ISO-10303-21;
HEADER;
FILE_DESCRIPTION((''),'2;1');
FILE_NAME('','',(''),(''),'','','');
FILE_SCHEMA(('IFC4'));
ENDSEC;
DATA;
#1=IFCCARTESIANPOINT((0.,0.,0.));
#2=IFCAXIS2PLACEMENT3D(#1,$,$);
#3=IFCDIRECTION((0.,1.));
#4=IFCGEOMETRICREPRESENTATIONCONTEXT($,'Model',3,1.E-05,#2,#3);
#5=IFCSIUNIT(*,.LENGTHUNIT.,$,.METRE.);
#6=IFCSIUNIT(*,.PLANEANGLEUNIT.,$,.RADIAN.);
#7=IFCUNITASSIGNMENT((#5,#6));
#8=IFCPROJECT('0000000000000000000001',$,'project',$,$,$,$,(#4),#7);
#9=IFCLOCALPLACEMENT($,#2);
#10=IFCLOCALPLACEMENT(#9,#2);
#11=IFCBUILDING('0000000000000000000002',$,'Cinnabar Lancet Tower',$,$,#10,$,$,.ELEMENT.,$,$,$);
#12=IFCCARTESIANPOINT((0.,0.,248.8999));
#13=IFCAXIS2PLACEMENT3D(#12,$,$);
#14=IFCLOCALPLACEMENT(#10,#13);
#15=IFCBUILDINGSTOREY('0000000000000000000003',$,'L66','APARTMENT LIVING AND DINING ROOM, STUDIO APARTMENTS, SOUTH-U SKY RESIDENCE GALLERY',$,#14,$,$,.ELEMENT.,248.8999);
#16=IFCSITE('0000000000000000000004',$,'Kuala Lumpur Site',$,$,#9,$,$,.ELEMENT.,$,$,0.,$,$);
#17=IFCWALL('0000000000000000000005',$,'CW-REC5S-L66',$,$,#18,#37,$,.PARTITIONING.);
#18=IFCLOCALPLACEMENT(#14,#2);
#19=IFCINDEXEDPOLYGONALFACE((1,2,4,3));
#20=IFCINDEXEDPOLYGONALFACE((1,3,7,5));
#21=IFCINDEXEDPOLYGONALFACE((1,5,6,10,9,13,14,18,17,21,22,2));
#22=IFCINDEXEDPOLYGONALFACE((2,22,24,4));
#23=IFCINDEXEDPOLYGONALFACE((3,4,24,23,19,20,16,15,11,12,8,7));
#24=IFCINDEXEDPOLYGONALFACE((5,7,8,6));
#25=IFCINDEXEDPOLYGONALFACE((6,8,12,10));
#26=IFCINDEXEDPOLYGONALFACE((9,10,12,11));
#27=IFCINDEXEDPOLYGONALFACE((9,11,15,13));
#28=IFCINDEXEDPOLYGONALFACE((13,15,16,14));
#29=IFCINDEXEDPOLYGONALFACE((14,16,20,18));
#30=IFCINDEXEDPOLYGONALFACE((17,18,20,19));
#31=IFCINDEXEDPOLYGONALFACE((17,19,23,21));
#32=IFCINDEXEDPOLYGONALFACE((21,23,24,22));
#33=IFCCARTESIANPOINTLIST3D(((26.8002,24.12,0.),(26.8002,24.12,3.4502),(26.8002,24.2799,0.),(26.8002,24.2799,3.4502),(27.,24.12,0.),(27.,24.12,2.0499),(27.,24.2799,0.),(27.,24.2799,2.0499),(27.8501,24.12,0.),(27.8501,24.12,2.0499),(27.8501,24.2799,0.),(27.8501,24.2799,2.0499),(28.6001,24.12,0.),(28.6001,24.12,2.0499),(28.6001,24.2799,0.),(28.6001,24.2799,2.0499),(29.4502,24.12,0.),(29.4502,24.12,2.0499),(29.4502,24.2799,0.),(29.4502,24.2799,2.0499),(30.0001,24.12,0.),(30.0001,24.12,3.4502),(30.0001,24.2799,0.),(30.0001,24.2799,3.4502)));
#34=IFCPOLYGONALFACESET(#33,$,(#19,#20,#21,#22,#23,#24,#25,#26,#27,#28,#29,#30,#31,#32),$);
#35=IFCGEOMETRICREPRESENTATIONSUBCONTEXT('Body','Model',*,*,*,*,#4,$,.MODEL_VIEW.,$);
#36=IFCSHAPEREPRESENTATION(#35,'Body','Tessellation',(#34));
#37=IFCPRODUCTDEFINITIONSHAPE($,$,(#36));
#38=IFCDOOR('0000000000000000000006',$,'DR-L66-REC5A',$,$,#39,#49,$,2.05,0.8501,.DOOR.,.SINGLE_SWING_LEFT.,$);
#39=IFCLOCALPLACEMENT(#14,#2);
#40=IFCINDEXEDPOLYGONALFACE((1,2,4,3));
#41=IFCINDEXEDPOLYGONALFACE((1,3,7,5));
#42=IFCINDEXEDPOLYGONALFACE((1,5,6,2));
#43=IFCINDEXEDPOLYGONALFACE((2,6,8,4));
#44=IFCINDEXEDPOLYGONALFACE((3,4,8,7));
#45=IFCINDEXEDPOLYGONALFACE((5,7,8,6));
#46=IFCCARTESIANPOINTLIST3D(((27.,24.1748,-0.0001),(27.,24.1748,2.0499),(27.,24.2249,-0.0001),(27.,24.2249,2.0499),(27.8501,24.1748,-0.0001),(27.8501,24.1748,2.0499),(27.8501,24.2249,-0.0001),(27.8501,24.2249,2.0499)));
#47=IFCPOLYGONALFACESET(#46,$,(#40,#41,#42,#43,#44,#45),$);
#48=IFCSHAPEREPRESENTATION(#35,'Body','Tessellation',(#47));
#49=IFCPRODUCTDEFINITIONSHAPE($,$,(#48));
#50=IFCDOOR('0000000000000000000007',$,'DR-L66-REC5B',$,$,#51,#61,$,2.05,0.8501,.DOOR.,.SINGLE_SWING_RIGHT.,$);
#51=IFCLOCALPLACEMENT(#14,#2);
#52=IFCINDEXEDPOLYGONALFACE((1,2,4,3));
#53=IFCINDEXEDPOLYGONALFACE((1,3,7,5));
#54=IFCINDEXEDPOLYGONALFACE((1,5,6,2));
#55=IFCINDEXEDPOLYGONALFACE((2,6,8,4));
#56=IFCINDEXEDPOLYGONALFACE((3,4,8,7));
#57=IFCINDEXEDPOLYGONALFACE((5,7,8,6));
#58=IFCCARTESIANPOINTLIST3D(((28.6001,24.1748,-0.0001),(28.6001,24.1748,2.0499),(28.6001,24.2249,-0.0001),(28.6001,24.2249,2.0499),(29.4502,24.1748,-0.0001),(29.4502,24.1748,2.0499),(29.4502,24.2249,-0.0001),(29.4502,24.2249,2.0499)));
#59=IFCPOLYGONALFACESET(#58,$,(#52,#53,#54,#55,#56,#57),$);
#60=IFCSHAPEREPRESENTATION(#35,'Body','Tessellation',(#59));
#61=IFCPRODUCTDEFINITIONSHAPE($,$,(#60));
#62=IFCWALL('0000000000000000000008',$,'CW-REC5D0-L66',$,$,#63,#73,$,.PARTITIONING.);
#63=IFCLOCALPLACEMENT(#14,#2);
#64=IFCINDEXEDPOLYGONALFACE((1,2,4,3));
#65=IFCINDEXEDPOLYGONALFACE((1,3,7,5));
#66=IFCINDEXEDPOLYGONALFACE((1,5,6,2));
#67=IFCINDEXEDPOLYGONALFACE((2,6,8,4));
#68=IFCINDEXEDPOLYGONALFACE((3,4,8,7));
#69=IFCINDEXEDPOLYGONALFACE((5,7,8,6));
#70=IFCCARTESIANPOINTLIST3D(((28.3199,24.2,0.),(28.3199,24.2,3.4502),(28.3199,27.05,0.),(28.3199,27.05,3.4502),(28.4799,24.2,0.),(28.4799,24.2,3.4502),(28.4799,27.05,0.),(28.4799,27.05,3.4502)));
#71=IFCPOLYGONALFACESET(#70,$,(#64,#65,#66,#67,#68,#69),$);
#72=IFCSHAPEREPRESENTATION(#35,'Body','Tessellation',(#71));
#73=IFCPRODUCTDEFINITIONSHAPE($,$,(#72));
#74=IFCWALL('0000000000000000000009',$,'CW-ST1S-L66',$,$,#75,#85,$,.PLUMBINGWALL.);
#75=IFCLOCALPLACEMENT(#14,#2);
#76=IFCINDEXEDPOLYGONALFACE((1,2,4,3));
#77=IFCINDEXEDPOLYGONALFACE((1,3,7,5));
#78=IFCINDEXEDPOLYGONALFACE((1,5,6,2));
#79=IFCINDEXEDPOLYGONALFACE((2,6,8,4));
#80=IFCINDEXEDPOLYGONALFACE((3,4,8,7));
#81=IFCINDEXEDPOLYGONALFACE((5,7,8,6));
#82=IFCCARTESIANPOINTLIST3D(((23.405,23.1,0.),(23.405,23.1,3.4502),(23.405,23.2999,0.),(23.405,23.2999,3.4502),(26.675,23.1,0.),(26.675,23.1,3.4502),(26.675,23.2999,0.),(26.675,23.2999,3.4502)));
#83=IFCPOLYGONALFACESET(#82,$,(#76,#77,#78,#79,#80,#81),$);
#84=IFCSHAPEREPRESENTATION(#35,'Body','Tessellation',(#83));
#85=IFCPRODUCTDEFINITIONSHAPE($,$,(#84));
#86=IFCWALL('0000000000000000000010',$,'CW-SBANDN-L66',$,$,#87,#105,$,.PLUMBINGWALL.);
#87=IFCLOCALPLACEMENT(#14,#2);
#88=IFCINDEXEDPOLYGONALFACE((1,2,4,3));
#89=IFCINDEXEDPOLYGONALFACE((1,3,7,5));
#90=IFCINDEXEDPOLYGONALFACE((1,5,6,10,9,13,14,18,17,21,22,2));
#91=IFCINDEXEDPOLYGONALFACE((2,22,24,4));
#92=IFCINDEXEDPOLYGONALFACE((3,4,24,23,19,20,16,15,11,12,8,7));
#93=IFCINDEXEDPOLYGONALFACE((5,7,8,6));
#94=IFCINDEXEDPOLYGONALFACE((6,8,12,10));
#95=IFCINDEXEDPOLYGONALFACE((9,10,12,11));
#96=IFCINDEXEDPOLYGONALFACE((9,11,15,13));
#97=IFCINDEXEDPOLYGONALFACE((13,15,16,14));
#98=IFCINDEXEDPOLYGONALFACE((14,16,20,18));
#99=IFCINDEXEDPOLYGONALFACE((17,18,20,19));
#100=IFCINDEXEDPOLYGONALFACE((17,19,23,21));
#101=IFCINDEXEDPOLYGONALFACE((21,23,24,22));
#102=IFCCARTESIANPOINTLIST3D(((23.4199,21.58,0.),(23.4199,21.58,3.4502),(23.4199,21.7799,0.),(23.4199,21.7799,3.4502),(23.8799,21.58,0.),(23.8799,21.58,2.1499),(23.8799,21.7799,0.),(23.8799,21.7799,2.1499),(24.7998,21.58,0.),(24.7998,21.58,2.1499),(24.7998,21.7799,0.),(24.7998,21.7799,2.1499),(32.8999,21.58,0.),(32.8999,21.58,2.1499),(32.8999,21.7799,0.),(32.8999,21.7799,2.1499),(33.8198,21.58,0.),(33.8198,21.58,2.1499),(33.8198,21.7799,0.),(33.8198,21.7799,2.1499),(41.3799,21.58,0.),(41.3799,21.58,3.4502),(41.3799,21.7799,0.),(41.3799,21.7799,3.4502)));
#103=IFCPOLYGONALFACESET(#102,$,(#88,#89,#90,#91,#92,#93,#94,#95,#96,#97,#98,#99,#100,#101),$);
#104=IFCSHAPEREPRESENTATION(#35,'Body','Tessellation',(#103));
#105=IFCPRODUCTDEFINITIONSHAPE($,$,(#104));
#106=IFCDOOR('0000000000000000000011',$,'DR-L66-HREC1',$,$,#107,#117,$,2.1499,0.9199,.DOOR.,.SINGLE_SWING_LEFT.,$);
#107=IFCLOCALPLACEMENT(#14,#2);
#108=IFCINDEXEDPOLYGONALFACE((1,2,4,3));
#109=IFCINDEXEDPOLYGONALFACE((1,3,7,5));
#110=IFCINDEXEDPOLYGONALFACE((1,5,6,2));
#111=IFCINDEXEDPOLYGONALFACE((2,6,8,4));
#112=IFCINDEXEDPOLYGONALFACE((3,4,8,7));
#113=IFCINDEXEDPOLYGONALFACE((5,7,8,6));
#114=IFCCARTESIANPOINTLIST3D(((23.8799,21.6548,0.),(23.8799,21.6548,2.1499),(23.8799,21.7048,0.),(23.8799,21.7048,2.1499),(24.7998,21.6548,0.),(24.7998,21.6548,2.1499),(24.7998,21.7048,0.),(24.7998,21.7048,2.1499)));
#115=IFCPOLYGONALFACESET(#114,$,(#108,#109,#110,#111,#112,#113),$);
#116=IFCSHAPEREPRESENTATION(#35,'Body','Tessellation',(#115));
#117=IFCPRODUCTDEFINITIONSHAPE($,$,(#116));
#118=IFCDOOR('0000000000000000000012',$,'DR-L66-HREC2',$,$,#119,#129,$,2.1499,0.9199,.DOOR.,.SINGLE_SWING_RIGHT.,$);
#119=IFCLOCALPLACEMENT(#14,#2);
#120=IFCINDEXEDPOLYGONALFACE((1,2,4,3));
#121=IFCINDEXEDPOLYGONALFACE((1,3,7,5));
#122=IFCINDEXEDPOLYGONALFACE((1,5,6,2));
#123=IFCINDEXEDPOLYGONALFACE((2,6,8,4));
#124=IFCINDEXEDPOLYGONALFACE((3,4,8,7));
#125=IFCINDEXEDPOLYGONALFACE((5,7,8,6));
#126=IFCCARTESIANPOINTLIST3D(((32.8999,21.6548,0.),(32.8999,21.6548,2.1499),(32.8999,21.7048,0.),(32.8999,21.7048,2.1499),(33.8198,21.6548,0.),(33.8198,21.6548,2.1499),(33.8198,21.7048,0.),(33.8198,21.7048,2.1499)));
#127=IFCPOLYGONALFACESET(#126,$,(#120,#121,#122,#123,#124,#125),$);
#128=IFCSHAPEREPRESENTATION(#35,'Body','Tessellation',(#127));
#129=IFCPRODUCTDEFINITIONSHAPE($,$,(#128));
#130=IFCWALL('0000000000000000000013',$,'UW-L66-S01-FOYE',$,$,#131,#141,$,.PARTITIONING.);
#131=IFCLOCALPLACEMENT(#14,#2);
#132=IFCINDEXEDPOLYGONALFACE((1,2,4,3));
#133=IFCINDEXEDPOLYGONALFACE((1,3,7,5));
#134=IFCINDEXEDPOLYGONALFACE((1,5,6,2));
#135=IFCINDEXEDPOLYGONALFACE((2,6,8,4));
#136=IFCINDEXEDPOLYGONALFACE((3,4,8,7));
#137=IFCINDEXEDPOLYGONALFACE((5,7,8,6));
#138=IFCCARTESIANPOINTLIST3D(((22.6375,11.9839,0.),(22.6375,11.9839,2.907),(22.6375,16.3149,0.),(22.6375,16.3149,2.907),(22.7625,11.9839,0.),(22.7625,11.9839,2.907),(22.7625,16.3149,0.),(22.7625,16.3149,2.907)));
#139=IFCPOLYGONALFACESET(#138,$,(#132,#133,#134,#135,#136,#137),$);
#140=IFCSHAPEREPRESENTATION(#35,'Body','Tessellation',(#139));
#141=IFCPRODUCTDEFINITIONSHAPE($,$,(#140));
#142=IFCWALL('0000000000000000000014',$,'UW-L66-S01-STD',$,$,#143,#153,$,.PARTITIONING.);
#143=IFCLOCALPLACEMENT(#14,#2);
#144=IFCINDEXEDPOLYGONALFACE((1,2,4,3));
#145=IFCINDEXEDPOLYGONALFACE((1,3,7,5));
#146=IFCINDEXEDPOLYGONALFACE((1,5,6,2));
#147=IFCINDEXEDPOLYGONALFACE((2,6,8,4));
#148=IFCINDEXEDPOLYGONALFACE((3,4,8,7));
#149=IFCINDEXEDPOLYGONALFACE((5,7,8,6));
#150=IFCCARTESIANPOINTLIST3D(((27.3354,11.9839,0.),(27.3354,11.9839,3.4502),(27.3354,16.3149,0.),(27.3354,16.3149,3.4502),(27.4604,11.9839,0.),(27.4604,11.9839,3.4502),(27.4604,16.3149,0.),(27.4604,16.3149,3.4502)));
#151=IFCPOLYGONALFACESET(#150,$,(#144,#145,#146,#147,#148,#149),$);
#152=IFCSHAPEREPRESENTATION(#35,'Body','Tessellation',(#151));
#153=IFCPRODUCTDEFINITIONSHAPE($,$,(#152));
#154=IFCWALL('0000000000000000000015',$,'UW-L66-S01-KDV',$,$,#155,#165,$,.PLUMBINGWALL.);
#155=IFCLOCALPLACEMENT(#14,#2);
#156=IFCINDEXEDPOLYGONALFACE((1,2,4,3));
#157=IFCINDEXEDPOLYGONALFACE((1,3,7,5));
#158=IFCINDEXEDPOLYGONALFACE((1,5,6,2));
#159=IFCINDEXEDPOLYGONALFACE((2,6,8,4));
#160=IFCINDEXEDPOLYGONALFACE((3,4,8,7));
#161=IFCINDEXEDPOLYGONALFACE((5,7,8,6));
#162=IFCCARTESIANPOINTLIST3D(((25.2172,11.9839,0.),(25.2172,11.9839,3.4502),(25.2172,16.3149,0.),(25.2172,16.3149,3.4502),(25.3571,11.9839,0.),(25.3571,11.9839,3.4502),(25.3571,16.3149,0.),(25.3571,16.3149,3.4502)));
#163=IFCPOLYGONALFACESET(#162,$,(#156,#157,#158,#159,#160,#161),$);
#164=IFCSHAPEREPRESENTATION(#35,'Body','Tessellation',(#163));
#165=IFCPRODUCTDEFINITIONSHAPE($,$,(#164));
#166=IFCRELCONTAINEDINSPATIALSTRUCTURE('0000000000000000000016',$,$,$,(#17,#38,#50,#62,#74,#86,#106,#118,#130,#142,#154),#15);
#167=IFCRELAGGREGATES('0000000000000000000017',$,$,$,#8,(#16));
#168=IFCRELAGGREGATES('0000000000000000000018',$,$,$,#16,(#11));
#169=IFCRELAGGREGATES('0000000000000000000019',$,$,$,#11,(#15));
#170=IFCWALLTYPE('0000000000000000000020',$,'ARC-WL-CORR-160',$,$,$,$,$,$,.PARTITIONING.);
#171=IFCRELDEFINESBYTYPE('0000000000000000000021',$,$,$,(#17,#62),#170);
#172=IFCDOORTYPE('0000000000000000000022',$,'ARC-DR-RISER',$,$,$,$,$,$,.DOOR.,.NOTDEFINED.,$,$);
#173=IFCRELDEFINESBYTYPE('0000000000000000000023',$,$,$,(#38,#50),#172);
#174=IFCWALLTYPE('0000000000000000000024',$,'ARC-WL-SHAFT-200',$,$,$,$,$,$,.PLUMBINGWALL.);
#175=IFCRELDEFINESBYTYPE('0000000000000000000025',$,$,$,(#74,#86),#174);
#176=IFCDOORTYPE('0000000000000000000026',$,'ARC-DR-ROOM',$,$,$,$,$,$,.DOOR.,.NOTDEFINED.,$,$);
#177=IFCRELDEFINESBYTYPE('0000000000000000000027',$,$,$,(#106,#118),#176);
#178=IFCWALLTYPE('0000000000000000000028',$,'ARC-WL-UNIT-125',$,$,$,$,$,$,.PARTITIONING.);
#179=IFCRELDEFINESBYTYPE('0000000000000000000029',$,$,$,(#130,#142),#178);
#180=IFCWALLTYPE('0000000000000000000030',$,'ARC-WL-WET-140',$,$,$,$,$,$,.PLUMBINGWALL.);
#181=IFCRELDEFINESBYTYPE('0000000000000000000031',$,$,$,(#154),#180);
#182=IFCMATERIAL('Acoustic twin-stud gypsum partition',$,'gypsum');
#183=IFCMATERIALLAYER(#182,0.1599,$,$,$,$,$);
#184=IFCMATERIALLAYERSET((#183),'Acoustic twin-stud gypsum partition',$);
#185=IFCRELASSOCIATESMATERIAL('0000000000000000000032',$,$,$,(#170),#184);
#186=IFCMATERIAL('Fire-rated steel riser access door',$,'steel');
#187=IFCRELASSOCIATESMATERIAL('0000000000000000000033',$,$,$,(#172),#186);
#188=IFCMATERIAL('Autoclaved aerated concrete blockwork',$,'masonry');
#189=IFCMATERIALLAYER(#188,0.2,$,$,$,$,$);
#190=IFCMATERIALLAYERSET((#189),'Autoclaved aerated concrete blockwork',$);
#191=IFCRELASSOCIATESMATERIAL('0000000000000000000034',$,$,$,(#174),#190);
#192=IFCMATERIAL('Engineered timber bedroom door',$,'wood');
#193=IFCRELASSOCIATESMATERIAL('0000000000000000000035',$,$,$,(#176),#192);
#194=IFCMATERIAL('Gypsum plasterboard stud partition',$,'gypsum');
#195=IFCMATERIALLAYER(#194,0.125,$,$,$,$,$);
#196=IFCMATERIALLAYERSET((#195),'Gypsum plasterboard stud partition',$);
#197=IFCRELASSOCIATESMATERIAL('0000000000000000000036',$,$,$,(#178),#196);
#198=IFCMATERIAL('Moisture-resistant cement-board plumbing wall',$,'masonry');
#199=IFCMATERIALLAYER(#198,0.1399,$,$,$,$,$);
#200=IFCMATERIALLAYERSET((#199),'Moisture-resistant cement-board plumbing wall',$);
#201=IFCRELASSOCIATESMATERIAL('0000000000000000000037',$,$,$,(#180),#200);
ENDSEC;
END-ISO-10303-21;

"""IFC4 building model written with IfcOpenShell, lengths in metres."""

from ifc_helpers import new_model, si_unit, direction, frame, frame_2d, origin, place, context, subcontext, project, spatial, rectangle, extrude, material, layer, layer_set, type_object, element, fill, save


model = new_model("IFC4")

# Units and contexts
model_context = context("Model", 3, precision=1e-05, world=origin(), true_north=direction((0.0, 1.0)))
body_context = subcontext(model_context, "Body", "Model", "MODEL_VIEW")
ifc_project = project(units=[si_unit("LENGTHUNIT", "METRE"), si_unit("PLANEANGLEUNIT", "RADIAN")], contexts=[model_context])

# Site, building, storey
site_placement = place(None, origin())
site = spatial("IfcSite", under=ifc_project, at=site_placement, Name="Kuala Lumpur Site", CompositionType="ELEMENT", RefElevation=0.0)
building_placement = place(site_placement, origin())
building = spatial("IfcBuilding", under=site, at=building_placement, Name="Cinnabar Lancet Tower", CompositionType="ELEMENT")
storey_placement = place(building_placement, frame((0.0, 0.0, 248.8999)))
storey = spatial("IfcBuildingStorey", under=building, at=storey_placement, Name="L66", Description="APARTMENT LIVING AND DINING ROOM, STUDIO APARTMENTS, SOUTH-U SKY RESIDENCE GALLERY", CompositionType="ELEMENT", Elevation=248.8999)

# Wall, openings, doors
ifc_material_1 = material(Name="Acoustic twin-stud gypsum partition", Category="gypsum")
ifc_layer_1 = layer(ifc_material_1, 0.1599)
ifc_layer_set_1 = layer_set([ifc_layer_1], Name="Acoustic twin-stud gypsum partition")
wall_type_1 = type_object("IfcWallType", Name="ARC-WL-CORR-160", PredefinedType="PARTITIONING", material=ifc_layer_set_1)
wall_1_placement = place(storey_placement, frame((26.8, 24.2, 0.0), z_axis=(0.0, 0.0, 1.0), x_axis=(1.0, 0.0, 0.0)))
wall_1 = element("IfcWall", 1, at=wall_1_placement, inside=storey, type_object=wall_type_1, Name="CW-REC5S-L66", PredefinedType="PARTITIONING", context=body_context, shape_type="SweptSolid", body=[
    extrude(rectangle(XDim=3.2, YDim=0.1599, at=frame_2d((1.6001, 0.0))), origin(), (0.0, 0.0, 1.0), 3.4502),
])
opening_1_placement = place(wall_1_placement, frame((0.2, 0.0, 0.0)))
opening_1 = element("IfcOpeningElement", 2, at=opening_1_placement, cuts=wall_1, PredefinedType="OPENING", context=body_context, shape_type="SweptSolid", body=[
    extrude(rectangle(XDim=0.8501, YDim=2.05, at=frame_2d((0.425, 1.0249))), frame((0.0, 0.0898, 0.0), z_axis=(0.0, -1.0, 0.0), x_axis=(1.0, 0.0, 0.0)), (0.0, 0.0, 1.0), 0.1799),
])
opening_2_placement = place(wall_1_placement, frame((1.8, 0.0, 0.0)))
opening_2 = element("IfcOpeningElement", 3, at=opening_2_placement, cuts=wall_1, PredefinedType="OPENING", context=body_context, shape_type="SweptSolid", body=[
    extrude(rectangle(XDim=0.8501, YDim=2.05, at=frame_2d((0.425, 1.0249))), frame((0.0, 0.0898, 0.0), z_axis=(0.0, -1.0, 0.0), x_axis=(1.0, 0.0, 0.0)), (0.0, 0.0, 1.0), 0.1799),
])
ifc_material_2 = material(Name="Fire-rated steel riser access door", Category="steel")
door_type_1 = type_object("IfcDoorType", Name="ARC-DR-RISER", OperationType="NOTDEFINED", PredefinedType="DOOR", material=ifc_material_2)
door_1_placement = place(opening_1_placement, origin())
door_1 = element("IfcDoor", 4, at=door_1_placement, inside=storey, type_object=door_type_1, Name="DR-L66-REC5A", OperationType="SINGLE_SWING_LEFT", OverallHeight=2.05, OverallWidth=0.8501, PredefinedType="DOOR", context=body_context, shape_type="SweptSolid", body=[
    extrude(rectangle(XDim=0.8501, YDim=2.05, at=frame_2d((0.425, 1.0249))), frame((0.0, 0.0249, 0.0), z_axis=(0.0, -1.0, 0.0), x_axis=(1.0, 0.0, 0.0)), (0.0, 0.0, 1.0), 0.05),
])
fill(opening_1, door_1)
door_2_placement = place(opening_2_placement, origin())
door_2 = element("IfcDoor", 5, at=door_2_placement, inside=storey, type_object=door_type_1, Name="DR-L66-REC5B", OperationType="SINGLE_SWING_RIGHT", OverallHeight=2.05, OverallWidth=0.8501, PredefinedType="DOOR", context=body_context, shape_type="SweptSolid", body=[
    extrude(rectangle(XDim=0.8501, YDim=2.05, at=frame_2d((0.425, 1.0249))), frame((0.0, 0.0249, 0.0), z_axis=(0.0, -1.0, 0.0), x_axis=(1.0, 0.0, 0.0)), (0.0, 0.0, 1.0), 0.05),
])
fill(opening_2, door_2)

# Walls
wall_2_placement = place(storey_placement, frame((28.3999, 24.2, 0.0), z_axis=(0.0, 0.0, 1.0), x_axis=(0.0, 1.0, 0.0)))
element("IfcWall", 6, at=wall_2_placement, inside=storey, type_object=wall_type_1, Name="CW-REC5D0-L66", PredefinedType="PARTITIONING", context=body_context, shape_type="SweptSolid", body=[
    extrude(rectangle(XDim=2.8501, YDim=0.1599, at=frame_2d((1.425, 0.0))), origin(), (0.0, 0.0, 1.0), 3.4502),
])
ifc_material_3 = material(Name="Autoclaved aerated concrete blockwork", Category="masonry")
ifc_layer_2 = layer(ifc_material_3, 0.2)
ifc_layer_set_2 = layer_set([ifc_layer_2], Name="Autoclaved aerated concrete blockwork")
wall_type_2 = type_object("IfcWallType", Name="ARC-WL-SHAFT-200", PredefinedType="PLUMBINGWALL", material=ifc_layer_set_2)
wall_3_placement = place(storey_placement, frame((23.405, 23.2, 0.0), z_axis=(0.0, 0.0, 1.0), x_axis=(1.0, 0.0, 0.0)))
element("IfcWall", 7, at=wall_3_placement, inside=storey, type_object=wall_type_2, Name="CW-ST1S-L66", PredefinedType="PLUMBINGWALL", context=body_context, shape_type="SweptSolid", body=[
    extrude(rectangle(XDim=3.27, YDim=0.2, at=frame_2d((1.635, 0.0))), origin(), (0.0, 0.0, 1.0), 3.4502),
])

# Wall, openings, doors
wall_4_placement = place(storey_placement, frame((23.4199, 21.6799, 0.0), z_axis=(0.0, 0.0, 1.0), x_axis=(1.0, 0.0, 0.0)))
wall_4 = element("IfcWall", 8, at=wall_4_placement, inside=storey, type_object=wall_type_2, Name="CW-SBANDN-L66", PredefinedType="PLUMBINGWALL", context=body_context, shape_type="SweptSolid", body=[
    extrude(rectangle(XDim=17.96, YDim=0.2, at=frame_2d((8.98, 0.0))), origin(), (0.0, 0.0, 1.0), 3.4502),
])
opening_3_placement = place(wall_4_placement, frame((0.46, 0.0, 0.0)))
opening_3 = element("IfcOpeningElement", 9, at=opening_3_placement, cuts=wall_4, PredefinedType="OPENING", context=body_context, shape_type="SweptSolid", body=[
    extrude(rectangle(XDim=0.9199, YDim=2.1499, at=frame_2d((0.46, 1.075))), frame((0.0, 0.1099, 0.0), z_axis=(0.0, -1.0, 0.0), x_axis=(1.0, 0.0, 0.0)), (0.0, 0.0, 1.0), 0.22),
])
opening_4_placement = place(wall_4_placement, frame((9.48, 0.0, 0.0)))
opening_4 = element("IfcOpeningElement", 10, at=opening_4_placement, cuts=wall_4, PredefinedType="OPENING", context=body_context, shape_type="SweptSolid", body=[
    extrude(rectangle(XDim=0.9199, YDim=2.1499, at=frame_2d((0.46, 1.075))), frame((0.0, 0.1099, 0.0), z_axis=(0.0, -1.0, 0.0), x_axis=(1.0, 0.0, 0.0)), (0.0, 0.0, 1.0), 0.22),
])
ifc_material_4 = material(Name="Engineered timber bedroom door", Category="wood")
door_type_2 = type_object("IfcDoorType", Name="ARC-DR-ROOM", OperationType="NOTDEFINED", PredefinedType="DOOR", material=ifc_material_4)
door_3_placement = place(opening_3_placement, origin())
door_3 = element("IfcDoor", 11, at=door_3_placement, inside=storey, type_object=door_type_2, Name="DR-L66-HREC1", OperationType="SINGLE_SWING_LEFT", OverallHeight=2.1499, OverallWidth=0.9199, PredefinedType="DOOR", context=body_context, shape_type="SweptSolid", body=[
    extrude(rectangle(XDim=0.9199, YDim=2.1499, at=frame_2d((0.46, 1.075))), frame((0.0, 0.0249, 0.0), z_axis=(0.0, -1.0, 0.0), x_axis=(1.0, 0.0, 0.0)), (0.0, 0.0, 1.0), 0.05),
])
fill(opening_3, door_3)
door_4_placement = place(opening_4_placement, origin())
door_4 = element("IfcDoor", 12, at=door_4_placement, inside=storey, type_object=door_type_2, Name="DR-L66-HREC2", OperationType="SINGLE_SWING_RIGHT", OverallHeight=2.1499, OverallWidth=0.9199, PredefinedType="DOOR", context=body_context, shape_type="SweptSolid", body=[
    extrude(rectangle(XDim=0.9199, YDim=2.1499, at=frame_2d((0.46, 1.075))), frame((0.0, 0.0249, 0.0), z_axis=(0.0, -1.0, 0.0), x_axis=(1.0, 0.0, 0.0)), (0.0, 0.0, 1.0), 0.05),
])
fill(opening_4, door_4)

# Walls
ifc_material_5 = material(Name="Gypsum plasterboard stud partition", Category="gypsum")
ifc_layer_3 = layer(ifc_material_5, 0.125)
ifc_layer_set_3 = layer_set([ifc_layer_3], Name="Gypsum plasterboard stud partition")
wall_type_3 = type_object("IfcWallType", Name="ARC-WL-UNIT-125", PredefinedType="PARTITIONING", material=ifc_layer_set_3)
wall_5_placement = place(storey_placement, frame((22.7, 11.9839, 0.0), z_axis=(0.0, 0.0, 1.0), x_axis=(0.0, 1.0, 0.0)))
element("IfcWall", 13, at=wall_5_placement, inside=storey, type_object=wall_type_3, Name="UW-L66-S01-FOYE", PredefinedType="PARTITIONING", context=body_context, shape_type="SweptSolid", body=[
    extrude(rectangle(XDim=4.3311, YDim=0.125, at=frame_2d((2.1655, 0.0))), origin(), (0.0, 0.0, 1.0), 2.907),
])
wall_6_placement = place(storey_placement, frame((27.3979, 11.9839, 0.0), z_axis=(0.0, 0.0, 1.0), x_axis=(0.0, 1.0, 0.0)))
element("IfcWall", 14, at=wall_6_placement, inside=storey, type_object=wall_type_3, Name="UW-L66-S01-STD", PredefinedType="PARTITIONING", context=body_context, shape_type="SweptSolid", body=[
    extrude(rectangle(XDim=4.3311, YDim=0.125, at=frame_2d((2.1655, 0.0))), origin(), (0.0, 0.0, 1.0), 3.4502),
])
ifc_material_6 = material(Name="Moisture-resistant cement-board plumbing wall", Category="masonry")
ifc_layer_4 = layer(ifc_material_6, 0.1399)
ifc_layer_set_4 = layer_set([ifc_layer_4], Name="Moisture-resistant cement-board plumbing wall")
wall_type_4 = type_object("IfcWallType", Name="ARC-WL-WET-140", PredefinedType="PLUMBINGWALL", material=ifc_layer_set_4)
for number, where, z_axis, x_axis, name in (
    (15, (25.2871, 11.9839, 0.0), (0.0, 0.0, 1.0), (0.0, 1.0, 0.0), "UW-L66-S01-KDV"),
):
    element("IfcWall", number, at=place(storey_placement, frame(where, z_axis=z_axis, x_axis=x_axis)), inside=storey, type_object=wall_type_4, Name=name, PredefinedType="PLUMBINGWALL", context=body_context, shape_type="SweptSolid", body=[
        extrude(rectangle(XDim=4.3311, YDim=0.1399, at=frame_2d((2.1655, 0.0))), origin(), (0.0, 0.0, 1.0), 3.4502),
    ])

save(model, "model.ifc")
